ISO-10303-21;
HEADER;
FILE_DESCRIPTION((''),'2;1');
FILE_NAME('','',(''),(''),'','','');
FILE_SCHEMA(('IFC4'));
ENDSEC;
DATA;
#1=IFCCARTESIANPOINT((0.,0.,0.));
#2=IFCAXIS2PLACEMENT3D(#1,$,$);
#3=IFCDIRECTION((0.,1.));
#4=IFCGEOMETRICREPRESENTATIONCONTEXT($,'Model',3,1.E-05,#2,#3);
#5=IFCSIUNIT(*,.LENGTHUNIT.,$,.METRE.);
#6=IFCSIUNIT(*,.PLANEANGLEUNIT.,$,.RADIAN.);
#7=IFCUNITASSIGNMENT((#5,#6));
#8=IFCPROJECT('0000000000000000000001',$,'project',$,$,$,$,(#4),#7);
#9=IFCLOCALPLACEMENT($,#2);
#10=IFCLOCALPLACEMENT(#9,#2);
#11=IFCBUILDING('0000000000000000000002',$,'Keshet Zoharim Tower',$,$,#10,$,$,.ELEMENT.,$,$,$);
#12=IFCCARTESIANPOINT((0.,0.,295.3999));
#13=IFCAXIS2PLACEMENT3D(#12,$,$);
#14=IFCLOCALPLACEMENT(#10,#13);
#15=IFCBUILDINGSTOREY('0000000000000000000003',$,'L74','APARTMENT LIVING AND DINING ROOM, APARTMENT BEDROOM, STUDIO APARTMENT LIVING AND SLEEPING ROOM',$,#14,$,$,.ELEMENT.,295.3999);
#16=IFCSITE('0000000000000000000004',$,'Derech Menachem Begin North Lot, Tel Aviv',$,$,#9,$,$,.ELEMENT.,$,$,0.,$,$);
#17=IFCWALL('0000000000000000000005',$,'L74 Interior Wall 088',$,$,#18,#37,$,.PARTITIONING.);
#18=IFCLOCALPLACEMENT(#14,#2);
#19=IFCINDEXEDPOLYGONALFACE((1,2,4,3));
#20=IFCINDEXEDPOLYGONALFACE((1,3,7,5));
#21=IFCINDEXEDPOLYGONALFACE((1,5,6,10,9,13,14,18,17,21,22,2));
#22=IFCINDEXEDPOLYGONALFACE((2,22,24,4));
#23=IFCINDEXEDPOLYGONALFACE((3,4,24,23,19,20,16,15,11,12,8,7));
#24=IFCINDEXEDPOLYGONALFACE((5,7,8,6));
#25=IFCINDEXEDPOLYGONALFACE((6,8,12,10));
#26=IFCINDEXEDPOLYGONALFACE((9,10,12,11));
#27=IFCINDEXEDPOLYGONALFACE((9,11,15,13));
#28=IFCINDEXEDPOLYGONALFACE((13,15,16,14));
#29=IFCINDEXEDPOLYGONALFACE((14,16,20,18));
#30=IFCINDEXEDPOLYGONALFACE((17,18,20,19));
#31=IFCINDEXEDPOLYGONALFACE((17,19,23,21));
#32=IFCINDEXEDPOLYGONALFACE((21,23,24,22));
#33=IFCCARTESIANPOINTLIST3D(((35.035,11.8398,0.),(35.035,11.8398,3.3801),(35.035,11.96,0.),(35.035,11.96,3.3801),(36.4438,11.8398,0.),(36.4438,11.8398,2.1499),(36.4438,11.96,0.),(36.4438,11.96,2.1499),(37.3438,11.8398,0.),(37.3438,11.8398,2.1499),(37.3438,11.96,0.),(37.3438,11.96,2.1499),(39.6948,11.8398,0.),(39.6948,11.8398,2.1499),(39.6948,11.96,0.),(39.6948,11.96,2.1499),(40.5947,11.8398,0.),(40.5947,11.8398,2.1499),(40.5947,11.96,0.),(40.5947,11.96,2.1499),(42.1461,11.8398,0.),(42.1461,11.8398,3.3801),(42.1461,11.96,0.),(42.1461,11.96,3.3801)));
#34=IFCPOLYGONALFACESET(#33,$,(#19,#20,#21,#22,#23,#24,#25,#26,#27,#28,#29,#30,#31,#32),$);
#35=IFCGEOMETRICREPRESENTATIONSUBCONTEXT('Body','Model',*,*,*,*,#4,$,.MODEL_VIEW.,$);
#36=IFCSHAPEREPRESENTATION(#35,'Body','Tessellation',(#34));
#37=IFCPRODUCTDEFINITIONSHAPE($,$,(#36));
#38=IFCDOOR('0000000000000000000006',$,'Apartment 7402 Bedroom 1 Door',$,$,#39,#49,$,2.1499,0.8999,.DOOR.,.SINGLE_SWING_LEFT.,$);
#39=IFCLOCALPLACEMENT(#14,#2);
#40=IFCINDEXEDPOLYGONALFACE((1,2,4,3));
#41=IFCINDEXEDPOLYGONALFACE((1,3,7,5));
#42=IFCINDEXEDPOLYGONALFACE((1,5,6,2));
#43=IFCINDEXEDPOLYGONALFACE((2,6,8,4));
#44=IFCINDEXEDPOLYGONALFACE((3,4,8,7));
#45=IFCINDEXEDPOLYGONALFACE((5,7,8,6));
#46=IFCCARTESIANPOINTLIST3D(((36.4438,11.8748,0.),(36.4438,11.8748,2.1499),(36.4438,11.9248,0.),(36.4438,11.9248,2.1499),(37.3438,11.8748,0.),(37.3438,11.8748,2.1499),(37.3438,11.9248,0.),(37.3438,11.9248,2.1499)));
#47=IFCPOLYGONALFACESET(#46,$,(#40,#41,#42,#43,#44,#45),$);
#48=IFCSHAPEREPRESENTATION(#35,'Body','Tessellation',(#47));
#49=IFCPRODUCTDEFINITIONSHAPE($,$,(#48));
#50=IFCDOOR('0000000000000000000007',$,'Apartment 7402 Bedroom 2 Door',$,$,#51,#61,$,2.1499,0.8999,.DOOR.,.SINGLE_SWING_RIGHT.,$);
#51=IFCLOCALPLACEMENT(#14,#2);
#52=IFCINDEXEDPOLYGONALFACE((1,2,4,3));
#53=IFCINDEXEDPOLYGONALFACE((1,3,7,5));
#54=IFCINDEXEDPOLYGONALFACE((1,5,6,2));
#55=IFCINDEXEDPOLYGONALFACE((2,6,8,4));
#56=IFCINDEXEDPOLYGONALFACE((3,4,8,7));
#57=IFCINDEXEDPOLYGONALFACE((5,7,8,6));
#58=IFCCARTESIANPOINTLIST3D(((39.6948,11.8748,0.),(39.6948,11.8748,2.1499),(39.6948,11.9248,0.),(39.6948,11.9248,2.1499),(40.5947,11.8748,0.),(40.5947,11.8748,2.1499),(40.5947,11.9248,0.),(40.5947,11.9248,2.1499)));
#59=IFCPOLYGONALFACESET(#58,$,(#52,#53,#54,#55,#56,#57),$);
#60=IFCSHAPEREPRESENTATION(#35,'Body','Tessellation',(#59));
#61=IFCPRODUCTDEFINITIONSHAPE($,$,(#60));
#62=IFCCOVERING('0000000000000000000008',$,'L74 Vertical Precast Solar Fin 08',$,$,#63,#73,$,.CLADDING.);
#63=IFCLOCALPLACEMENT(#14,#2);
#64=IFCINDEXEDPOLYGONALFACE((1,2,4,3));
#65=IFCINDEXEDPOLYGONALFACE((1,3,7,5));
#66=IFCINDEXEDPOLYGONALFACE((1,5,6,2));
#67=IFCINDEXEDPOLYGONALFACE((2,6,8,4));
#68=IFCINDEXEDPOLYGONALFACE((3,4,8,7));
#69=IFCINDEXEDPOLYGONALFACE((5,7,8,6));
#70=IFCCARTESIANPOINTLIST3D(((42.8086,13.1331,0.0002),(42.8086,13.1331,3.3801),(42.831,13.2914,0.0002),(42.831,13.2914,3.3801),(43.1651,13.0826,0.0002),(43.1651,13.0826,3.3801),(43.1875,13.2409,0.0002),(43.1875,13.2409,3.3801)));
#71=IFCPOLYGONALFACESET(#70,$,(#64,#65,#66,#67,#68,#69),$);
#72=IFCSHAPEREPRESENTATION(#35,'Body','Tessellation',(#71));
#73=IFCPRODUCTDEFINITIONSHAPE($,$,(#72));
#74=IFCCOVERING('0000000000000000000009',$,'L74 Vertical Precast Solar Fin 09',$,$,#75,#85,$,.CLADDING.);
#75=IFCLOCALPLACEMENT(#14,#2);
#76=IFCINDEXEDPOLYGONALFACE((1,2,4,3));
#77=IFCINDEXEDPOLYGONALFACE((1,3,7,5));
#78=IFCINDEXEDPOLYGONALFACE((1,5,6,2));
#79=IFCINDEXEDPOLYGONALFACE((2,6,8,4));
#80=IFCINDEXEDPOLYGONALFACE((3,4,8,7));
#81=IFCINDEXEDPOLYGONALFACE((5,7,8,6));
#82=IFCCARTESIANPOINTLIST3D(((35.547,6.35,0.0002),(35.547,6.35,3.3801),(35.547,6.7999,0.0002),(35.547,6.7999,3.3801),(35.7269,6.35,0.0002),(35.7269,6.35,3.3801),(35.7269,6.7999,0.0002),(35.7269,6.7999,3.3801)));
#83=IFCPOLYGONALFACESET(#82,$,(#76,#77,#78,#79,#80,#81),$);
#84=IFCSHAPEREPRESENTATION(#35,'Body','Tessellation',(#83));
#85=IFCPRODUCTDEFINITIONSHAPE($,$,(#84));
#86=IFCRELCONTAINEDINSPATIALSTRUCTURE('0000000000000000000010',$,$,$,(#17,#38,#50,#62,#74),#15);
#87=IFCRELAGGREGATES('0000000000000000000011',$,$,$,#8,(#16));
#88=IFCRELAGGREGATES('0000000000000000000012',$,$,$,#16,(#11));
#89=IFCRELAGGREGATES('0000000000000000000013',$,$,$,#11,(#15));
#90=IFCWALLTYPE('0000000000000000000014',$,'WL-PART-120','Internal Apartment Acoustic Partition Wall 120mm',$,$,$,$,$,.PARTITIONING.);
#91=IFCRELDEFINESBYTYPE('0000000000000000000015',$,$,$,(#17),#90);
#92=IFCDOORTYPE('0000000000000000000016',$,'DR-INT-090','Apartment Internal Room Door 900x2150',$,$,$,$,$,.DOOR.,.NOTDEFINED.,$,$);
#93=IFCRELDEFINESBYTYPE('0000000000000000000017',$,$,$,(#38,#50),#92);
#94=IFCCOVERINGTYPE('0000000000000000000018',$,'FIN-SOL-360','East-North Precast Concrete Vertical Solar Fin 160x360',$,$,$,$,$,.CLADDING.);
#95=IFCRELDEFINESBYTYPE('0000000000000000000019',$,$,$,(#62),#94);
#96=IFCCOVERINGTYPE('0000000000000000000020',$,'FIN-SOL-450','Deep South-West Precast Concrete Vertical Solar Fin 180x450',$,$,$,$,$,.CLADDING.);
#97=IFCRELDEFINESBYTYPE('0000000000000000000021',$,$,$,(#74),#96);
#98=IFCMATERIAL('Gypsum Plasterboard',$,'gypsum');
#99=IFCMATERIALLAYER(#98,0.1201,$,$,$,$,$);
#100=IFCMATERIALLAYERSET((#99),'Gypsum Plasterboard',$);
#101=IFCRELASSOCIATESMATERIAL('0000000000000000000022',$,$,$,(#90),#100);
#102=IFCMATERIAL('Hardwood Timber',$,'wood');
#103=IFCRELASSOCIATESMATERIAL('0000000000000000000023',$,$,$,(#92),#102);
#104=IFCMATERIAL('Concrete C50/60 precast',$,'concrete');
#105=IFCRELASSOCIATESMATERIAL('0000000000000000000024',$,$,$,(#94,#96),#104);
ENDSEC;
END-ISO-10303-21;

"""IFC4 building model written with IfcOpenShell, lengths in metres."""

from ifc_helpers import new_model, si_unit, direction, frame, frame_2d, origin, origin_2d, place, context, subcontext, project, spatial, rectangle, extrude, material, layer, layer_set, type_object, element, fill, save


model = new_model("IFC4")

# Units and contexts
model_context = context("Model", 3, precision=1e-05, world=origin(), true_north=direction((0.0, 1.0)))
body_context = subcontext(model_context, "Body", "Model", "MODEL_VIEW")
ifc_project = project(units=[si_unit("LENGTHUNIT", "METRE"), si_unit("PLANEANGLEUNIT", "RADIAN")], contexts=[model_context])

# Site, building, storey
site_placement = place(None, origin())
site = spatial("IfcSite", under=ifc_project, at=site_placement, Name="Derech Menachem Begin North Lot, Tel Aviv", CompositionType="ELEMENT", RefElevation=0.0)
building_placement = place(site_placement, origin())
building = spatial("IfcBuilding", under=site, at=building_placement, Name="Keshet Zoharim Tower", CompositionType="ELEMENT")
storey_placement = place(building_placement, frame((0.0, 0.0, 295.3999)))
storey = spatial("IfcBuildingStorey", under=building, at=storey_placement, Name="L74", Description="APARTMENT LIVING AND DINING ROOM, APARTMENT BEDROOM, STUDIO APARTMENT LIVING AND SLEEPING ROOM", CompositionType="ELEMENT", Elevation=295.3999)

# Shared definitions
ifc_material_1 = material(Name="Gypsum Plasterboard", Category="gypsum")
ifc_layer_1 = layer(ifc_material_1, 0.1201)
ifc_layer_set_1 = layer_set([ifc_layer_1], Name="Gypsum Plasterboard")
wall_type = type_object("IfcWallType", Name="WL-PART-120", Description="Internal Apartment Acoustic Partition Wall 120mm", PredefinedType="PARTITIONING", material=ifc_layer_set_1)

# Wall, openings, doors
wall_1_placement = place(storey_placement, frame((35.0349, 11.8999, 0.0), z_axis=(0.0, 0.0, 1.0), x_axis=(1.0, 0.0, 0.0)))
wall_1 = element("IfcWall", 1, at=wall_1_placement, inside=storey, type_object=wall_type, Name="L74 Interior Wall 088", PredefinedType="PARTITIONING", context=body_context, shape_type="SweptSolid", body=[
    extrude(rectangle(XDim=7.1111, YDim=0.1201, at=frame_2d((3.5557, 0.0))), origin(), (0.0, 0.0, 1.0), 3.3801),
])
opening_1_placement = place(wall_1_placement, frame((1.4089, 0.0, 0.0)))
opening_1 = element("IfcOpeningElement", 2, at=opening_1_placement, cuts=wall_1, PredefinedType="OPENING", context=body_context, shape_type="SweptSolid", body=[
    extrude(rectangle(XDim=0.8999, YDim=2.1499, at=frame_2d((0.45, 1.075))), frame((0.0, 0.0701, 0.0), z_axis=(0.0, -1.0, 0.0), x_axis=(1.0, 0.0, 0.0)), (0.0, 0.0, 1.0), 0.1401),
])
opening_2_placement = place(wall_1_placement, frame((4.6599, 0.0, 0.0)))
opening_2 = element("IfcOpeningElement", 3, at=opening_2_placement, cuts=wall_1, PredefinedType="OPENING", context=body_context, shape_type="SweptSolid", body=[
    extrude(rectangle(XDim=0.8999, YDim=2.1499, at=frame_2d((0.45, 1.075))), frame((0.0, 0.0701, 0.0), z_axis=(0.0, -1.0, 0.0), x_axis=(1.0, 0.0, 0.0)), (0.0, 0.0, 1.0), 0.1401),
])
ifc_material_2 = material(Name="Hardwood Timber", Category="wood")
door_type = type_object("IfcDoorType", Name="DR-INT-090", Description="Apartment Internal Room Door 900x2150", OperationType="NOTDEFINED", PredefinedType="DOOR", material=ifc_material_2)
door_1_placement = place(opening_1_placement, origin())
door_1 = element("IfcDoor", 4, at=door_1_placement, inside=storey, type_object=door_type, Name="Apartment 7402 Bedroom 1 Door", OperationType="SINGLE_SWING_LEFT", OverallHeight=2.1499, OverallWidth=0.8999, PredefinedType="DOOR", context=body_context, shape_type="SweptSolid", body=[
    extrude(rectangle(XDim=0.8999, YDim=2.1499, at=frame_2d((0.45, 1.075))), frame((0.0, 0.0249, 0.0), z_axis=(0.0, -1.0, 0.0), x_axis=(1.0, 0.0, 0.0)), (0.0, 0.0, 1.0), 0.05),
])
fill(opening_1, door_1)
door_2_placement = place(opening_2_placement, origin())
door_2 = element("IfcDoor", 5, at=door_2_placement, inside=storey, type_object=door_type, Name="Apartment 7402 Bedroom 2 Door", OperationType="SINGLE_SWING_RIGHT", OverallHeight=2.1499, OverallWidth=0.8999, PredefinedType="DOOR", context=body_context, shape_type="SweptSolid", body=[
    extrude(rectangle(XDim=0.8999, YDim=2.1499, at=frame_2d((0.45, 1.075))), frame((0.0, 0.0249, 0.0), z_axis=(0.0, -1.0, 0.0), x_axis=(1.0, 0.0, 0.0)), (0.0, 0.0, 1.0), 0.05),
])
fill(opening_2, door_2)

# Coverings
ifc_material_3 = material(Name="Concrete C50/60 precast", Category="concrete")
covering_type_1 = type_object("IfcCoveringType", Name="FIN-SOL-360", Description="East-North Precast Concrete Vertical Solar Fin 160x360", PredefinedType="CLADDING", material=ifc_material_3)
covering_1_placement = place(storey_placement, frame((42.998, 13.187, 0.0002), z_axis=(0.0, 0.0, 1.0), x_axis=(-0.140137, -0.990132, 0.0)))
element("IfcCovering", 6, at=covering_1_placement, inside=storey, type_object=covering_type_1, Name="L74 Vertical Precast Solar Fin 08", PredefinedType="CLADDING", context=body_context, shape_type="SweptSolid", body=[
    extrude(rectangle(XDim=0.1599, YDim=0.3601, at=origin_2d()), origin(), (0.0, 0.0, 1.0), 3.3799),
])
covering_type_2 = type_object("IfcCoveringType", Name="FIN-SOL-450", Description="Deep South-West Precast Concrete Vertical Solar Fin 180x450", PredefinedType="CLADDING", material=ifc_material_3)
covering_2_placement = place(storey_placement, frame((35.637, 6.575, 0.0002), z_axis=(0.0, 0.0, 1.0), x_axis=(-1.0, 0.0, 0.0)))
element("IfcCovering", 7, at=covering_2_placement, inside=storey, type_object=covering_type_2, Name="L74 Vertical Precast Solar Fin 09", PredefinedType="CLADDING", context=body_context, shape_type="SweptSolid", body=[
    extrude(rectangle(XDim=0.1799, YDim=0.45, at=origin_2d()), origin(), (0.0, 0.0, 1.0), 3.3799),
])

save(model, "model.ifc")
